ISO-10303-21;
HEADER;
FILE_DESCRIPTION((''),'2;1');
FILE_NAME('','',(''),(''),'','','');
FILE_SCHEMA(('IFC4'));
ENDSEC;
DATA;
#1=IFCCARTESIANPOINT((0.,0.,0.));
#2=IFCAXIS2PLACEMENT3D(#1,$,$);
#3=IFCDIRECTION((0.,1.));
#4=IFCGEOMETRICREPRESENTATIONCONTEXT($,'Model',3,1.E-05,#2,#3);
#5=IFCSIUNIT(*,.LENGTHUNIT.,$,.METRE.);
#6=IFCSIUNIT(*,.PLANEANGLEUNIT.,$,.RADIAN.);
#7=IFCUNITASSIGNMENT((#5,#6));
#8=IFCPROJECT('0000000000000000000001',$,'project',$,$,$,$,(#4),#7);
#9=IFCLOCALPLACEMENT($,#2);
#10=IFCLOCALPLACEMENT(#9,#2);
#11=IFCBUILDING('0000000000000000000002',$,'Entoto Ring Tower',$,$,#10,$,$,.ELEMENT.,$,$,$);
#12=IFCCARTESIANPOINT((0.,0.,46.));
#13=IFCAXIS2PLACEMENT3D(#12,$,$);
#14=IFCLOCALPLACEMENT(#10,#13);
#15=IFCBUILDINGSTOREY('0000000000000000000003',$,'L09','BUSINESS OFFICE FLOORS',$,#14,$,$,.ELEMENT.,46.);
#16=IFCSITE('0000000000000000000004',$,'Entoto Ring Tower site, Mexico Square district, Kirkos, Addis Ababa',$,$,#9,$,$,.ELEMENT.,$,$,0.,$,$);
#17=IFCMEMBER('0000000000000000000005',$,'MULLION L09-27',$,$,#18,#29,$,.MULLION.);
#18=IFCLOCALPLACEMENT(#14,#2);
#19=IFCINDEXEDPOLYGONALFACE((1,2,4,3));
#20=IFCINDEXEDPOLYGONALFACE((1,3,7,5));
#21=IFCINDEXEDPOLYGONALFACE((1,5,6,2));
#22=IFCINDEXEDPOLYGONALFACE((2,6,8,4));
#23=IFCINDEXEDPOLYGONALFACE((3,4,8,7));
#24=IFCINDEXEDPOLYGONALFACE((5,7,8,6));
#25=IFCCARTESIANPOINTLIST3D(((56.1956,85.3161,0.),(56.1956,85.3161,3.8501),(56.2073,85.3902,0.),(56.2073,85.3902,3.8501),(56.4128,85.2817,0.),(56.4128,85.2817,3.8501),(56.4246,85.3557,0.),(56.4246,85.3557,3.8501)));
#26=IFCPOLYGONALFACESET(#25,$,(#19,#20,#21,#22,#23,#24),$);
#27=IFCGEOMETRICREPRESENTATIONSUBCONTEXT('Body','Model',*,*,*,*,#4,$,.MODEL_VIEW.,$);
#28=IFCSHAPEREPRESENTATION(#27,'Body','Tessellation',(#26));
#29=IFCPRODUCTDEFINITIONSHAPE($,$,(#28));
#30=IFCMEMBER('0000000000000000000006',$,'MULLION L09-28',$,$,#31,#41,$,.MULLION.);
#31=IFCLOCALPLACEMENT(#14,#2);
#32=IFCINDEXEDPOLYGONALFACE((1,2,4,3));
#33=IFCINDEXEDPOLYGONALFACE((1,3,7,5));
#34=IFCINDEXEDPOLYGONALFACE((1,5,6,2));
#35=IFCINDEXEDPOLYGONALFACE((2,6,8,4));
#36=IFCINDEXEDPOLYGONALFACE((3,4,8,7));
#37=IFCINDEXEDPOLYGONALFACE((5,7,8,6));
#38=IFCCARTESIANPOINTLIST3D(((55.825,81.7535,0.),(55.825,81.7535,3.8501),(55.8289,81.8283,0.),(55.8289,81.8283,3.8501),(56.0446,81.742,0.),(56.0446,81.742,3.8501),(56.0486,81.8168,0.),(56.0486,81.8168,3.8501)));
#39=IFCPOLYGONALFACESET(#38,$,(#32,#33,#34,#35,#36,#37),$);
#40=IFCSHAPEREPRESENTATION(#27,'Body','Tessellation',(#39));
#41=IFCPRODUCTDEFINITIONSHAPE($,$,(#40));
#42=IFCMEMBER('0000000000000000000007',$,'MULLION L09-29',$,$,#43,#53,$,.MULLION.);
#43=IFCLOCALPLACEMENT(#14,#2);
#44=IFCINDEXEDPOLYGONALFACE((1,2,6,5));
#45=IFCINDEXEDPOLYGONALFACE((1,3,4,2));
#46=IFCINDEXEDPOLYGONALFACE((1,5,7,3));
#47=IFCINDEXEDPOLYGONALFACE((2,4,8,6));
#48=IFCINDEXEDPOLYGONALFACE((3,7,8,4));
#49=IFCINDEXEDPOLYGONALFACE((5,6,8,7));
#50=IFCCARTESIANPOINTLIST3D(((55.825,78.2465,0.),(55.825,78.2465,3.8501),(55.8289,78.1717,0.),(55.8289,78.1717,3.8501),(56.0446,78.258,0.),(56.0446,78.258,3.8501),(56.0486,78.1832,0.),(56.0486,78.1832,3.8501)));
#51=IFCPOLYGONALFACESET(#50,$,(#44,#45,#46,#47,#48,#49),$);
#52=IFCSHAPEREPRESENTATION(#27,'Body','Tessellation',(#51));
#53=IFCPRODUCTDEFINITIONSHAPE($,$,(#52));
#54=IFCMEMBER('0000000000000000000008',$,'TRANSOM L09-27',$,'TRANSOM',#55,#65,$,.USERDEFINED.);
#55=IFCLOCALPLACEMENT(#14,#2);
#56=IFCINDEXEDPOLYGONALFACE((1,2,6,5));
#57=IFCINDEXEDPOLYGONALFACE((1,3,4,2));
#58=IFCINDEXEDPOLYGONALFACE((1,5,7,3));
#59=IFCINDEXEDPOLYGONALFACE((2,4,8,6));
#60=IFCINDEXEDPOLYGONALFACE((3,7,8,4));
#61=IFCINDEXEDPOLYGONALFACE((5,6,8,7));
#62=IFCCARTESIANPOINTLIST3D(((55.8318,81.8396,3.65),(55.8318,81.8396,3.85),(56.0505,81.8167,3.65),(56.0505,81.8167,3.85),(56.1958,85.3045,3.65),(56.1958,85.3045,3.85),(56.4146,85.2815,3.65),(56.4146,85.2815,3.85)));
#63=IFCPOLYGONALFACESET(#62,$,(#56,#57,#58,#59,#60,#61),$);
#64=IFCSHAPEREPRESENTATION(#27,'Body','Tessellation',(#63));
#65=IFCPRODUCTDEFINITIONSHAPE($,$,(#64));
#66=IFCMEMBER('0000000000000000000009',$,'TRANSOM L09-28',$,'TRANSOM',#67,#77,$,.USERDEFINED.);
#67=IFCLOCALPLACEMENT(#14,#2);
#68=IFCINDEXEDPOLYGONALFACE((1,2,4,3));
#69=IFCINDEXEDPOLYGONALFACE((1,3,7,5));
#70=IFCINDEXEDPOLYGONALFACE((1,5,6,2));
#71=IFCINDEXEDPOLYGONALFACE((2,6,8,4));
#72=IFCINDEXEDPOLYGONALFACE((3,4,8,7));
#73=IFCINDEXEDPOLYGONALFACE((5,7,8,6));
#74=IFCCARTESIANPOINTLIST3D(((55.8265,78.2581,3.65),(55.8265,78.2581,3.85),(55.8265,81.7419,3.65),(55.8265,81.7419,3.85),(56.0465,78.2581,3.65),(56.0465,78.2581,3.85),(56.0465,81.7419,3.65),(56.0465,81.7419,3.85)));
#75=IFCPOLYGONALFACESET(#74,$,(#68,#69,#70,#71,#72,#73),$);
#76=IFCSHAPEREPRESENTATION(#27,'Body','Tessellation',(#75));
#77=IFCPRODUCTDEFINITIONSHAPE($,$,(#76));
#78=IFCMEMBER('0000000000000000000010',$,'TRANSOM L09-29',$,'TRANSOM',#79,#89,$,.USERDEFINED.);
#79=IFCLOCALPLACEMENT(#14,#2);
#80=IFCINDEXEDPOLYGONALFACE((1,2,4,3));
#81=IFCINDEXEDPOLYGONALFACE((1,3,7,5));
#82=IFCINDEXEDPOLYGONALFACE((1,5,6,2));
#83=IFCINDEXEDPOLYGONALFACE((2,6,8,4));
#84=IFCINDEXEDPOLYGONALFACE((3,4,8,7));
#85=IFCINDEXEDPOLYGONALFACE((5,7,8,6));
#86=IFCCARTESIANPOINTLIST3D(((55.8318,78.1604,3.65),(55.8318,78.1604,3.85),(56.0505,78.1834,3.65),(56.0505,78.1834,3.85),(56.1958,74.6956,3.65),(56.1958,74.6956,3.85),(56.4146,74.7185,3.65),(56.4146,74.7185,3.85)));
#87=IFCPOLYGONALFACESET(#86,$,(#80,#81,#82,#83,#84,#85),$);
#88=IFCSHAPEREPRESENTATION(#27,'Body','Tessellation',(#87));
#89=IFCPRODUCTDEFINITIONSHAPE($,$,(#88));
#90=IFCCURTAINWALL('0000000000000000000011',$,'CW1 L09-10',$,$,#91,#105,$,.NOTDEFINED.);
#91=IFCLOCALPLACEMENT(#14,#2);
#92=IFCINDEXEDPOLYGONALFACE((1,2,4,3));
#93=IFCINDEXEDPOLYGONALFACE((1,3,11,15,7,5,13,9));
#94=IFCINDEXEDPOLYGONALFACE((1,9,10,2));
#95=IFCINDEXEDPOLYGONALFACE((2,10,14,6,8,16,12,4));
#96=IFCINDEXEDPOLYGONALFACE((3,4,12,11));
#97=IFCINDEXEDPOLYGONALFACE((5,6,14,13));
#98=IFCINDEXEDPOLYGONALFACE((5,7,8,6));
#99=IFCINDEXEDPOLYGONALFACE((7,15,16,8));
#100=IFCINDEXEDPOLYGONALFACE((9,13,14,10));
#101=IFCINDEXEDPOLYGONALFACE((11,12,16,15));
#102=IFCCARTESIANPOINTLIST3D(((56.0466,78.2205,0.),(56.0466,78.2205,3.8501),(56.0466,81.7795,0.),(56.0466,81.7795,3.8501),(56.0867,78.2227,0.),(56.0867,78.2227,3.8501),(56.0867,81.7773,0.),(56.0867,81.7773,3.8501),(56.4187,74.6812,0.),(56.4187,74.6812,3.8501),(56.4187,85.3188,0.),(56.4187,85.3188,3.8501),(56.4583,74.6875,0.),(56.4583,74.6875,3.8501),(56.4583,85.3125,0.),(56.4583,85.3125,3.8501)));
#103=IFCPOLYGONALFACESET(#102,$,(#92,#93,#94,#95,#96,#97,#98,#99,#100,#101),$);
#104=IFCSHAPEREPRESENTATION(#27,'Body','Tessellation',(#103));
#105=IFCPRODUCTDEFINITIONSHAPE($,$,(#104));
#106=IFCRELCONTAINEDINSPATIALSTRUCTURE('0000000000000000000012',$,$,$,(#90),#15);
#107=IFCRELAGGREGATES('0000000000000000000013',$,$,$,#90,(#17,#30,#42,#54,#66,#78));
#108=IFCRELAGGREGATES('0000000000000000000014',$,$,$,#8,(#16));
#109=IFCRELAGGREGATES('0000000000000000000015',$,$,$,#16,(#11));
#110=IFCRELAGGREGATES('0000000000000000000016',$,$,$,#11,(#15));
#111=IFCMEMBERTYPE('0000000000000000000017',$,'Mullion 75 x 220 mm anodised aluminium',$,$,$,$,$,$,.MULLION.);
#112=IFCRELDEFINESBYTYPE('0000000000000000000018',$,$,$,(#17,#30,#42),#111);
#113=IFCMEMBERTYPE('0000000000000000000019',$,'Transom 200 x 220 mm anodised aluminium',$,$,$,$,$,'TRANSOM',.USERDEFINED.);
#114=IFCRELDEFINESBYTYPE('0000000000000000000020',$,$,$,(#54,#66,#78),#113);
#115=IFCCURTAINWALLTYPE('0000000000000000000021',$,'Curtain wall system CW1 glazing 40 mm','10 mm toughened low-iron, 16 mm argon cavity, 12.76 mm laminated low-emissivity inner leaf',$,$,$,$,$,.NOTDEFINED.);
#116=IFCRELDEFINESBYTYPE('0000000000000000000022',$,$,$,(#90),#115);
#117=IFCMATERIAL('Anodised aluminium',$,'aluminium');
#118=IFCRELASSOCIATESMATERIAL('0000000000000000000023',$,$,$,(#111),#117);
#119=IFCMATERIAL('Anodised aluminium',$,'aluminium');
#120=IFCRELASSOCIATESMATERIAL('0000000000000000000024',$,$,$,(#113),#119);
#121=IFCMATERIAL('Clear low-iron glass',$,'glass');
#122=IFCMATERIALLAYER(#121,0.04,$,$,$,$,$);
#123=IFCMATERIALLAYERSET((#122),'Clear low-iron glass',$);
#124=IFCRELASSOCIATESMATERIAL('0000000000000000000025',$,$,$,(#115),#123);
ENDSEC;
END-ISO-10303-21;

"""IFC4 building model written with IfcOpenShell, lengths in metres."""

from ifc_helpers import new_model, si_unit, direction, frame, origin, origin_2d, place, context, subcontext, project, spatial, polyline, rectangle, outline, extrude, material, layer, layer_set, material_profile, profile_set, type_object, element, aggregate, save


model = new_model("IFC4")

# Units and contexts
model_context = context("Model", 3, precision=1e-05, world=origin(), true_north=direction((0.0, 1.0)))
body_context = subcontext(model_context, "Body", "Model", "MODEL_VIEW")
ifc_project = project(units=[si_unit("LENGTHUNIT", "METRE"), si_unit("PLANEANGLEUNIT", "RADIAN")], contexts=[model_context])

# Members
ifc_material_1 = material(Name="Anodised aluminium", Category="aluminium")
ifc_material_profile_1 = material_profile(ifc_material_1, rectangle(XDim=0.075, YDim=0.22, at=origin_2d()), Name="Mullion 75 x 220 mm anodised aluminium")
ifc_profile_set_1 = profile_set([ifc_material_profile_1], Name="Anodised aluminium")
member_type_1 = type_object("IfcMemberType", Name="Mullion 75 x 220 mm anodised aluminium", PredefinedType="MULLION", material=ifc_profile_set_1)
site_placement = place(None, origin())
building_placement = place(site_placement, origin())
storey_placement = place(building_placement, frame((0.0, 0.0, 46.0)))
member_1_placement = place(storey_placement, frame((56.3101, 85.3359, 0.0), z_axis=(0.0, 0.0, 1.0), x_axis=(-0.156434, -0.987688, 0.0)))
member_1 = element("IfcMember", 1, at=member_1_placement, type_object=member_type_1, Name="MULLION L09-27", PredefinedType="MULLION", context=body_context, shape_type="SweptSolid", body=[
    extrude(rectangle(XDim=0.075, YDim=0.22, at=origin_2d()), origin(), (0.0, 0.0, 1.0), 3.8501),
])
member_2_placement = place(storey_placement, frame((55.9368, 81.7852, 0.0), z_axis=(0.0, 0.0, 1.0), x_axis=(-0.052336, -0.99863, 0.0)))
member_2 = element("IfcMember", 2, at=member_2_placement, type_object=member_type_1, Name="MULLION L09-28", PredefinedType="MULLION", context=body_context, shape_type="SweptSolid", body=[
    extrude(rectangle(XDim=0.075, YDim=0.22, at=origin_2d()), origin(), (0.0, 0.0, 1.0), 3.8501),
])
member_3_placement = place(storey_placement, frame((55.9368, 78.2148, 0.0), z_axis=(0.0, 0.0, 1.0), x_axis=(0.052336, -0.99863, 0.0)))
member_3 = element("IfcMember", 3, at=member_3_placement, type_object=member_type_1, Name="MULLION L09-29", PredefinedType="MULLION", context=body_context, shape_type="SweptSolid", body=[
    extrude(rectangle(XDim=0.075, YDim=0.22, at=origin_2d()), origin(), (0.0, 0.0, 1.0), 3.8501),
])
ifc_material_2 = material(Name="Anodised aluminium", Category="aluminium")
ifc_material_profile_2 = material_profile(ifc_material_2, rectangle(XDim=0.22, YDim=0.2, at=origin_2d()), Name="Transom 200 x 220 mm anodised aluminium")
ifc_profile_set_2 = profile_set([ifc_material_profile_2], Name="Anodised aluminium")
member_type_2 = type_object("IfcMemberType", Name="Transom 200 x 220 mm anodised aluminium", ElementType="TRANSOM", PredefinedType="USERDEFINED", material=ifc_profile_set_2)
member_4_placement = place(storey_placement, frame((56.3052, 85.293, 3.75), z_axis=(-0.104484, -0.994527, 0.0), x_axis=(0.994527, -0.104484, 0.0)))
member_4 = element("IfcMember", 4, at=member_4_placement, type_object=member_type_2, Name="TRANSOM L09-27", ObjectType="TRANSOM", PredefinedType="USERDEFINED", context=body_context, shape_type="SweptSolid", body=[
    extrude(rectangle(XDim=0.22, YDim=0.2, at=origin_2d()), origin(), (0.0, 0.0, 1.0), 3.4839),
])
member_5_placement = place(storey_placement, frame((55.9365, 81.7419, 3.75), z_axis=(0.0, -1.0, 0.0), x_axis=(1.0, 0.0, 0.0)))
member_5 = element("IfcMember", 5, at=member_5_placement, type_object=member_type_2, Name="TRANSOM L09-28", ObjectType="TRANSOM", PredefinedType="USERDEFINED", context=body_context, shape_type="SweptSolid", body=[
    extrude(rectangle(XDim=0.22, YDim=0.2, at=origin_2d()), origin(), (0.0, 0.0, 1.0), 3.4839),
])
member_6_placement = place(storey_placement, frame((55.9412, 78.1719, 3.75), z_axis=(0.104484, -0.994527, 0.0), x_axis=(0.994527, 0.104484, 0.0)))
member_6 = element("IfcMember", 6, at=member_6_placement, type_object=member_type_2, Name="TRANSOM L09-29", ObjectType="TRANSOM", PredefinedType="USERDEFINED", context=body_context, shape_type="SweptSolid", body=[
    extrude(rectangle(XDim=0.22, YDim=0.2, at=origin_2d()), origin(), (0.0, 0.0, 1.0), 3.4839),
])

# Site, building, storey
site = spatial("IfcSite", under=ifc_project, at=site_placement, Name="Entoto Ring Tower site, Mexico Square district, Kirkos, Addis Ababa", CompositionType="ELEMENT", RefElevation=0.0)
building = spatial("IfcBuilding", under=site, at=building_placement, Name="Entoto Ring Tower", CompositionType="ELEMENT")
storey = spatial("IfcBuildingStorey", under=building, at=storey_placement, Name="L09", Description="BUSINESS OFFICE FLOORS", CompositionType="ELEMENT", Elevation=46.0)

# Curtain wall
ifc_material_3 = material(Name="Clear low-iron glass", Category="glass")
ifc_layer = layer(ifc_material_3, 0.04)
ifc_layer_set = layer_set([ifc_layer], Name="Clear low-iron glass")
curtain_wall_type = type_object("IfcCurtainWallType", Name="Curtain wall system CW1 glazing 40 mm", Description="10 mm toughened low-iron, 16 mm argon cavity, 12.76 mm laminated low-emissivity inner leaf", PredefinedType="NOTDEFINED", material=ifc_layer_set)
curtain_wall_1_placement = place(storey_placement, origin())
curtain_wall_1 = element("IfcCurtainWall", 7, at=curtain_wall_1_placement, inside=storey, type_object=curtain_wall_type, Name="CW1 L09-10", PredefinedType="NOTDEFINED", context=body_context, shape_type="SweptSolid", body=[
    extrude(outline(polyline([(56.4187, 85.3188), (56.0466, 81.7795), (56.0466, 78.2205), (56.4187, 74.6812), (56.4583, 74.6875), (56.0867, 78.2227), (56.0867, 81.7773), (56.4583, 85.3125), (56.4187, 85.3188)])), origin(), (0.0, 0.0, 1.0), 3.8501),
])
aggregate(curtain_wall_1, [member_1, member_2, member_3, member_4, member_5, member_6])

save(model, "model.ifc")
